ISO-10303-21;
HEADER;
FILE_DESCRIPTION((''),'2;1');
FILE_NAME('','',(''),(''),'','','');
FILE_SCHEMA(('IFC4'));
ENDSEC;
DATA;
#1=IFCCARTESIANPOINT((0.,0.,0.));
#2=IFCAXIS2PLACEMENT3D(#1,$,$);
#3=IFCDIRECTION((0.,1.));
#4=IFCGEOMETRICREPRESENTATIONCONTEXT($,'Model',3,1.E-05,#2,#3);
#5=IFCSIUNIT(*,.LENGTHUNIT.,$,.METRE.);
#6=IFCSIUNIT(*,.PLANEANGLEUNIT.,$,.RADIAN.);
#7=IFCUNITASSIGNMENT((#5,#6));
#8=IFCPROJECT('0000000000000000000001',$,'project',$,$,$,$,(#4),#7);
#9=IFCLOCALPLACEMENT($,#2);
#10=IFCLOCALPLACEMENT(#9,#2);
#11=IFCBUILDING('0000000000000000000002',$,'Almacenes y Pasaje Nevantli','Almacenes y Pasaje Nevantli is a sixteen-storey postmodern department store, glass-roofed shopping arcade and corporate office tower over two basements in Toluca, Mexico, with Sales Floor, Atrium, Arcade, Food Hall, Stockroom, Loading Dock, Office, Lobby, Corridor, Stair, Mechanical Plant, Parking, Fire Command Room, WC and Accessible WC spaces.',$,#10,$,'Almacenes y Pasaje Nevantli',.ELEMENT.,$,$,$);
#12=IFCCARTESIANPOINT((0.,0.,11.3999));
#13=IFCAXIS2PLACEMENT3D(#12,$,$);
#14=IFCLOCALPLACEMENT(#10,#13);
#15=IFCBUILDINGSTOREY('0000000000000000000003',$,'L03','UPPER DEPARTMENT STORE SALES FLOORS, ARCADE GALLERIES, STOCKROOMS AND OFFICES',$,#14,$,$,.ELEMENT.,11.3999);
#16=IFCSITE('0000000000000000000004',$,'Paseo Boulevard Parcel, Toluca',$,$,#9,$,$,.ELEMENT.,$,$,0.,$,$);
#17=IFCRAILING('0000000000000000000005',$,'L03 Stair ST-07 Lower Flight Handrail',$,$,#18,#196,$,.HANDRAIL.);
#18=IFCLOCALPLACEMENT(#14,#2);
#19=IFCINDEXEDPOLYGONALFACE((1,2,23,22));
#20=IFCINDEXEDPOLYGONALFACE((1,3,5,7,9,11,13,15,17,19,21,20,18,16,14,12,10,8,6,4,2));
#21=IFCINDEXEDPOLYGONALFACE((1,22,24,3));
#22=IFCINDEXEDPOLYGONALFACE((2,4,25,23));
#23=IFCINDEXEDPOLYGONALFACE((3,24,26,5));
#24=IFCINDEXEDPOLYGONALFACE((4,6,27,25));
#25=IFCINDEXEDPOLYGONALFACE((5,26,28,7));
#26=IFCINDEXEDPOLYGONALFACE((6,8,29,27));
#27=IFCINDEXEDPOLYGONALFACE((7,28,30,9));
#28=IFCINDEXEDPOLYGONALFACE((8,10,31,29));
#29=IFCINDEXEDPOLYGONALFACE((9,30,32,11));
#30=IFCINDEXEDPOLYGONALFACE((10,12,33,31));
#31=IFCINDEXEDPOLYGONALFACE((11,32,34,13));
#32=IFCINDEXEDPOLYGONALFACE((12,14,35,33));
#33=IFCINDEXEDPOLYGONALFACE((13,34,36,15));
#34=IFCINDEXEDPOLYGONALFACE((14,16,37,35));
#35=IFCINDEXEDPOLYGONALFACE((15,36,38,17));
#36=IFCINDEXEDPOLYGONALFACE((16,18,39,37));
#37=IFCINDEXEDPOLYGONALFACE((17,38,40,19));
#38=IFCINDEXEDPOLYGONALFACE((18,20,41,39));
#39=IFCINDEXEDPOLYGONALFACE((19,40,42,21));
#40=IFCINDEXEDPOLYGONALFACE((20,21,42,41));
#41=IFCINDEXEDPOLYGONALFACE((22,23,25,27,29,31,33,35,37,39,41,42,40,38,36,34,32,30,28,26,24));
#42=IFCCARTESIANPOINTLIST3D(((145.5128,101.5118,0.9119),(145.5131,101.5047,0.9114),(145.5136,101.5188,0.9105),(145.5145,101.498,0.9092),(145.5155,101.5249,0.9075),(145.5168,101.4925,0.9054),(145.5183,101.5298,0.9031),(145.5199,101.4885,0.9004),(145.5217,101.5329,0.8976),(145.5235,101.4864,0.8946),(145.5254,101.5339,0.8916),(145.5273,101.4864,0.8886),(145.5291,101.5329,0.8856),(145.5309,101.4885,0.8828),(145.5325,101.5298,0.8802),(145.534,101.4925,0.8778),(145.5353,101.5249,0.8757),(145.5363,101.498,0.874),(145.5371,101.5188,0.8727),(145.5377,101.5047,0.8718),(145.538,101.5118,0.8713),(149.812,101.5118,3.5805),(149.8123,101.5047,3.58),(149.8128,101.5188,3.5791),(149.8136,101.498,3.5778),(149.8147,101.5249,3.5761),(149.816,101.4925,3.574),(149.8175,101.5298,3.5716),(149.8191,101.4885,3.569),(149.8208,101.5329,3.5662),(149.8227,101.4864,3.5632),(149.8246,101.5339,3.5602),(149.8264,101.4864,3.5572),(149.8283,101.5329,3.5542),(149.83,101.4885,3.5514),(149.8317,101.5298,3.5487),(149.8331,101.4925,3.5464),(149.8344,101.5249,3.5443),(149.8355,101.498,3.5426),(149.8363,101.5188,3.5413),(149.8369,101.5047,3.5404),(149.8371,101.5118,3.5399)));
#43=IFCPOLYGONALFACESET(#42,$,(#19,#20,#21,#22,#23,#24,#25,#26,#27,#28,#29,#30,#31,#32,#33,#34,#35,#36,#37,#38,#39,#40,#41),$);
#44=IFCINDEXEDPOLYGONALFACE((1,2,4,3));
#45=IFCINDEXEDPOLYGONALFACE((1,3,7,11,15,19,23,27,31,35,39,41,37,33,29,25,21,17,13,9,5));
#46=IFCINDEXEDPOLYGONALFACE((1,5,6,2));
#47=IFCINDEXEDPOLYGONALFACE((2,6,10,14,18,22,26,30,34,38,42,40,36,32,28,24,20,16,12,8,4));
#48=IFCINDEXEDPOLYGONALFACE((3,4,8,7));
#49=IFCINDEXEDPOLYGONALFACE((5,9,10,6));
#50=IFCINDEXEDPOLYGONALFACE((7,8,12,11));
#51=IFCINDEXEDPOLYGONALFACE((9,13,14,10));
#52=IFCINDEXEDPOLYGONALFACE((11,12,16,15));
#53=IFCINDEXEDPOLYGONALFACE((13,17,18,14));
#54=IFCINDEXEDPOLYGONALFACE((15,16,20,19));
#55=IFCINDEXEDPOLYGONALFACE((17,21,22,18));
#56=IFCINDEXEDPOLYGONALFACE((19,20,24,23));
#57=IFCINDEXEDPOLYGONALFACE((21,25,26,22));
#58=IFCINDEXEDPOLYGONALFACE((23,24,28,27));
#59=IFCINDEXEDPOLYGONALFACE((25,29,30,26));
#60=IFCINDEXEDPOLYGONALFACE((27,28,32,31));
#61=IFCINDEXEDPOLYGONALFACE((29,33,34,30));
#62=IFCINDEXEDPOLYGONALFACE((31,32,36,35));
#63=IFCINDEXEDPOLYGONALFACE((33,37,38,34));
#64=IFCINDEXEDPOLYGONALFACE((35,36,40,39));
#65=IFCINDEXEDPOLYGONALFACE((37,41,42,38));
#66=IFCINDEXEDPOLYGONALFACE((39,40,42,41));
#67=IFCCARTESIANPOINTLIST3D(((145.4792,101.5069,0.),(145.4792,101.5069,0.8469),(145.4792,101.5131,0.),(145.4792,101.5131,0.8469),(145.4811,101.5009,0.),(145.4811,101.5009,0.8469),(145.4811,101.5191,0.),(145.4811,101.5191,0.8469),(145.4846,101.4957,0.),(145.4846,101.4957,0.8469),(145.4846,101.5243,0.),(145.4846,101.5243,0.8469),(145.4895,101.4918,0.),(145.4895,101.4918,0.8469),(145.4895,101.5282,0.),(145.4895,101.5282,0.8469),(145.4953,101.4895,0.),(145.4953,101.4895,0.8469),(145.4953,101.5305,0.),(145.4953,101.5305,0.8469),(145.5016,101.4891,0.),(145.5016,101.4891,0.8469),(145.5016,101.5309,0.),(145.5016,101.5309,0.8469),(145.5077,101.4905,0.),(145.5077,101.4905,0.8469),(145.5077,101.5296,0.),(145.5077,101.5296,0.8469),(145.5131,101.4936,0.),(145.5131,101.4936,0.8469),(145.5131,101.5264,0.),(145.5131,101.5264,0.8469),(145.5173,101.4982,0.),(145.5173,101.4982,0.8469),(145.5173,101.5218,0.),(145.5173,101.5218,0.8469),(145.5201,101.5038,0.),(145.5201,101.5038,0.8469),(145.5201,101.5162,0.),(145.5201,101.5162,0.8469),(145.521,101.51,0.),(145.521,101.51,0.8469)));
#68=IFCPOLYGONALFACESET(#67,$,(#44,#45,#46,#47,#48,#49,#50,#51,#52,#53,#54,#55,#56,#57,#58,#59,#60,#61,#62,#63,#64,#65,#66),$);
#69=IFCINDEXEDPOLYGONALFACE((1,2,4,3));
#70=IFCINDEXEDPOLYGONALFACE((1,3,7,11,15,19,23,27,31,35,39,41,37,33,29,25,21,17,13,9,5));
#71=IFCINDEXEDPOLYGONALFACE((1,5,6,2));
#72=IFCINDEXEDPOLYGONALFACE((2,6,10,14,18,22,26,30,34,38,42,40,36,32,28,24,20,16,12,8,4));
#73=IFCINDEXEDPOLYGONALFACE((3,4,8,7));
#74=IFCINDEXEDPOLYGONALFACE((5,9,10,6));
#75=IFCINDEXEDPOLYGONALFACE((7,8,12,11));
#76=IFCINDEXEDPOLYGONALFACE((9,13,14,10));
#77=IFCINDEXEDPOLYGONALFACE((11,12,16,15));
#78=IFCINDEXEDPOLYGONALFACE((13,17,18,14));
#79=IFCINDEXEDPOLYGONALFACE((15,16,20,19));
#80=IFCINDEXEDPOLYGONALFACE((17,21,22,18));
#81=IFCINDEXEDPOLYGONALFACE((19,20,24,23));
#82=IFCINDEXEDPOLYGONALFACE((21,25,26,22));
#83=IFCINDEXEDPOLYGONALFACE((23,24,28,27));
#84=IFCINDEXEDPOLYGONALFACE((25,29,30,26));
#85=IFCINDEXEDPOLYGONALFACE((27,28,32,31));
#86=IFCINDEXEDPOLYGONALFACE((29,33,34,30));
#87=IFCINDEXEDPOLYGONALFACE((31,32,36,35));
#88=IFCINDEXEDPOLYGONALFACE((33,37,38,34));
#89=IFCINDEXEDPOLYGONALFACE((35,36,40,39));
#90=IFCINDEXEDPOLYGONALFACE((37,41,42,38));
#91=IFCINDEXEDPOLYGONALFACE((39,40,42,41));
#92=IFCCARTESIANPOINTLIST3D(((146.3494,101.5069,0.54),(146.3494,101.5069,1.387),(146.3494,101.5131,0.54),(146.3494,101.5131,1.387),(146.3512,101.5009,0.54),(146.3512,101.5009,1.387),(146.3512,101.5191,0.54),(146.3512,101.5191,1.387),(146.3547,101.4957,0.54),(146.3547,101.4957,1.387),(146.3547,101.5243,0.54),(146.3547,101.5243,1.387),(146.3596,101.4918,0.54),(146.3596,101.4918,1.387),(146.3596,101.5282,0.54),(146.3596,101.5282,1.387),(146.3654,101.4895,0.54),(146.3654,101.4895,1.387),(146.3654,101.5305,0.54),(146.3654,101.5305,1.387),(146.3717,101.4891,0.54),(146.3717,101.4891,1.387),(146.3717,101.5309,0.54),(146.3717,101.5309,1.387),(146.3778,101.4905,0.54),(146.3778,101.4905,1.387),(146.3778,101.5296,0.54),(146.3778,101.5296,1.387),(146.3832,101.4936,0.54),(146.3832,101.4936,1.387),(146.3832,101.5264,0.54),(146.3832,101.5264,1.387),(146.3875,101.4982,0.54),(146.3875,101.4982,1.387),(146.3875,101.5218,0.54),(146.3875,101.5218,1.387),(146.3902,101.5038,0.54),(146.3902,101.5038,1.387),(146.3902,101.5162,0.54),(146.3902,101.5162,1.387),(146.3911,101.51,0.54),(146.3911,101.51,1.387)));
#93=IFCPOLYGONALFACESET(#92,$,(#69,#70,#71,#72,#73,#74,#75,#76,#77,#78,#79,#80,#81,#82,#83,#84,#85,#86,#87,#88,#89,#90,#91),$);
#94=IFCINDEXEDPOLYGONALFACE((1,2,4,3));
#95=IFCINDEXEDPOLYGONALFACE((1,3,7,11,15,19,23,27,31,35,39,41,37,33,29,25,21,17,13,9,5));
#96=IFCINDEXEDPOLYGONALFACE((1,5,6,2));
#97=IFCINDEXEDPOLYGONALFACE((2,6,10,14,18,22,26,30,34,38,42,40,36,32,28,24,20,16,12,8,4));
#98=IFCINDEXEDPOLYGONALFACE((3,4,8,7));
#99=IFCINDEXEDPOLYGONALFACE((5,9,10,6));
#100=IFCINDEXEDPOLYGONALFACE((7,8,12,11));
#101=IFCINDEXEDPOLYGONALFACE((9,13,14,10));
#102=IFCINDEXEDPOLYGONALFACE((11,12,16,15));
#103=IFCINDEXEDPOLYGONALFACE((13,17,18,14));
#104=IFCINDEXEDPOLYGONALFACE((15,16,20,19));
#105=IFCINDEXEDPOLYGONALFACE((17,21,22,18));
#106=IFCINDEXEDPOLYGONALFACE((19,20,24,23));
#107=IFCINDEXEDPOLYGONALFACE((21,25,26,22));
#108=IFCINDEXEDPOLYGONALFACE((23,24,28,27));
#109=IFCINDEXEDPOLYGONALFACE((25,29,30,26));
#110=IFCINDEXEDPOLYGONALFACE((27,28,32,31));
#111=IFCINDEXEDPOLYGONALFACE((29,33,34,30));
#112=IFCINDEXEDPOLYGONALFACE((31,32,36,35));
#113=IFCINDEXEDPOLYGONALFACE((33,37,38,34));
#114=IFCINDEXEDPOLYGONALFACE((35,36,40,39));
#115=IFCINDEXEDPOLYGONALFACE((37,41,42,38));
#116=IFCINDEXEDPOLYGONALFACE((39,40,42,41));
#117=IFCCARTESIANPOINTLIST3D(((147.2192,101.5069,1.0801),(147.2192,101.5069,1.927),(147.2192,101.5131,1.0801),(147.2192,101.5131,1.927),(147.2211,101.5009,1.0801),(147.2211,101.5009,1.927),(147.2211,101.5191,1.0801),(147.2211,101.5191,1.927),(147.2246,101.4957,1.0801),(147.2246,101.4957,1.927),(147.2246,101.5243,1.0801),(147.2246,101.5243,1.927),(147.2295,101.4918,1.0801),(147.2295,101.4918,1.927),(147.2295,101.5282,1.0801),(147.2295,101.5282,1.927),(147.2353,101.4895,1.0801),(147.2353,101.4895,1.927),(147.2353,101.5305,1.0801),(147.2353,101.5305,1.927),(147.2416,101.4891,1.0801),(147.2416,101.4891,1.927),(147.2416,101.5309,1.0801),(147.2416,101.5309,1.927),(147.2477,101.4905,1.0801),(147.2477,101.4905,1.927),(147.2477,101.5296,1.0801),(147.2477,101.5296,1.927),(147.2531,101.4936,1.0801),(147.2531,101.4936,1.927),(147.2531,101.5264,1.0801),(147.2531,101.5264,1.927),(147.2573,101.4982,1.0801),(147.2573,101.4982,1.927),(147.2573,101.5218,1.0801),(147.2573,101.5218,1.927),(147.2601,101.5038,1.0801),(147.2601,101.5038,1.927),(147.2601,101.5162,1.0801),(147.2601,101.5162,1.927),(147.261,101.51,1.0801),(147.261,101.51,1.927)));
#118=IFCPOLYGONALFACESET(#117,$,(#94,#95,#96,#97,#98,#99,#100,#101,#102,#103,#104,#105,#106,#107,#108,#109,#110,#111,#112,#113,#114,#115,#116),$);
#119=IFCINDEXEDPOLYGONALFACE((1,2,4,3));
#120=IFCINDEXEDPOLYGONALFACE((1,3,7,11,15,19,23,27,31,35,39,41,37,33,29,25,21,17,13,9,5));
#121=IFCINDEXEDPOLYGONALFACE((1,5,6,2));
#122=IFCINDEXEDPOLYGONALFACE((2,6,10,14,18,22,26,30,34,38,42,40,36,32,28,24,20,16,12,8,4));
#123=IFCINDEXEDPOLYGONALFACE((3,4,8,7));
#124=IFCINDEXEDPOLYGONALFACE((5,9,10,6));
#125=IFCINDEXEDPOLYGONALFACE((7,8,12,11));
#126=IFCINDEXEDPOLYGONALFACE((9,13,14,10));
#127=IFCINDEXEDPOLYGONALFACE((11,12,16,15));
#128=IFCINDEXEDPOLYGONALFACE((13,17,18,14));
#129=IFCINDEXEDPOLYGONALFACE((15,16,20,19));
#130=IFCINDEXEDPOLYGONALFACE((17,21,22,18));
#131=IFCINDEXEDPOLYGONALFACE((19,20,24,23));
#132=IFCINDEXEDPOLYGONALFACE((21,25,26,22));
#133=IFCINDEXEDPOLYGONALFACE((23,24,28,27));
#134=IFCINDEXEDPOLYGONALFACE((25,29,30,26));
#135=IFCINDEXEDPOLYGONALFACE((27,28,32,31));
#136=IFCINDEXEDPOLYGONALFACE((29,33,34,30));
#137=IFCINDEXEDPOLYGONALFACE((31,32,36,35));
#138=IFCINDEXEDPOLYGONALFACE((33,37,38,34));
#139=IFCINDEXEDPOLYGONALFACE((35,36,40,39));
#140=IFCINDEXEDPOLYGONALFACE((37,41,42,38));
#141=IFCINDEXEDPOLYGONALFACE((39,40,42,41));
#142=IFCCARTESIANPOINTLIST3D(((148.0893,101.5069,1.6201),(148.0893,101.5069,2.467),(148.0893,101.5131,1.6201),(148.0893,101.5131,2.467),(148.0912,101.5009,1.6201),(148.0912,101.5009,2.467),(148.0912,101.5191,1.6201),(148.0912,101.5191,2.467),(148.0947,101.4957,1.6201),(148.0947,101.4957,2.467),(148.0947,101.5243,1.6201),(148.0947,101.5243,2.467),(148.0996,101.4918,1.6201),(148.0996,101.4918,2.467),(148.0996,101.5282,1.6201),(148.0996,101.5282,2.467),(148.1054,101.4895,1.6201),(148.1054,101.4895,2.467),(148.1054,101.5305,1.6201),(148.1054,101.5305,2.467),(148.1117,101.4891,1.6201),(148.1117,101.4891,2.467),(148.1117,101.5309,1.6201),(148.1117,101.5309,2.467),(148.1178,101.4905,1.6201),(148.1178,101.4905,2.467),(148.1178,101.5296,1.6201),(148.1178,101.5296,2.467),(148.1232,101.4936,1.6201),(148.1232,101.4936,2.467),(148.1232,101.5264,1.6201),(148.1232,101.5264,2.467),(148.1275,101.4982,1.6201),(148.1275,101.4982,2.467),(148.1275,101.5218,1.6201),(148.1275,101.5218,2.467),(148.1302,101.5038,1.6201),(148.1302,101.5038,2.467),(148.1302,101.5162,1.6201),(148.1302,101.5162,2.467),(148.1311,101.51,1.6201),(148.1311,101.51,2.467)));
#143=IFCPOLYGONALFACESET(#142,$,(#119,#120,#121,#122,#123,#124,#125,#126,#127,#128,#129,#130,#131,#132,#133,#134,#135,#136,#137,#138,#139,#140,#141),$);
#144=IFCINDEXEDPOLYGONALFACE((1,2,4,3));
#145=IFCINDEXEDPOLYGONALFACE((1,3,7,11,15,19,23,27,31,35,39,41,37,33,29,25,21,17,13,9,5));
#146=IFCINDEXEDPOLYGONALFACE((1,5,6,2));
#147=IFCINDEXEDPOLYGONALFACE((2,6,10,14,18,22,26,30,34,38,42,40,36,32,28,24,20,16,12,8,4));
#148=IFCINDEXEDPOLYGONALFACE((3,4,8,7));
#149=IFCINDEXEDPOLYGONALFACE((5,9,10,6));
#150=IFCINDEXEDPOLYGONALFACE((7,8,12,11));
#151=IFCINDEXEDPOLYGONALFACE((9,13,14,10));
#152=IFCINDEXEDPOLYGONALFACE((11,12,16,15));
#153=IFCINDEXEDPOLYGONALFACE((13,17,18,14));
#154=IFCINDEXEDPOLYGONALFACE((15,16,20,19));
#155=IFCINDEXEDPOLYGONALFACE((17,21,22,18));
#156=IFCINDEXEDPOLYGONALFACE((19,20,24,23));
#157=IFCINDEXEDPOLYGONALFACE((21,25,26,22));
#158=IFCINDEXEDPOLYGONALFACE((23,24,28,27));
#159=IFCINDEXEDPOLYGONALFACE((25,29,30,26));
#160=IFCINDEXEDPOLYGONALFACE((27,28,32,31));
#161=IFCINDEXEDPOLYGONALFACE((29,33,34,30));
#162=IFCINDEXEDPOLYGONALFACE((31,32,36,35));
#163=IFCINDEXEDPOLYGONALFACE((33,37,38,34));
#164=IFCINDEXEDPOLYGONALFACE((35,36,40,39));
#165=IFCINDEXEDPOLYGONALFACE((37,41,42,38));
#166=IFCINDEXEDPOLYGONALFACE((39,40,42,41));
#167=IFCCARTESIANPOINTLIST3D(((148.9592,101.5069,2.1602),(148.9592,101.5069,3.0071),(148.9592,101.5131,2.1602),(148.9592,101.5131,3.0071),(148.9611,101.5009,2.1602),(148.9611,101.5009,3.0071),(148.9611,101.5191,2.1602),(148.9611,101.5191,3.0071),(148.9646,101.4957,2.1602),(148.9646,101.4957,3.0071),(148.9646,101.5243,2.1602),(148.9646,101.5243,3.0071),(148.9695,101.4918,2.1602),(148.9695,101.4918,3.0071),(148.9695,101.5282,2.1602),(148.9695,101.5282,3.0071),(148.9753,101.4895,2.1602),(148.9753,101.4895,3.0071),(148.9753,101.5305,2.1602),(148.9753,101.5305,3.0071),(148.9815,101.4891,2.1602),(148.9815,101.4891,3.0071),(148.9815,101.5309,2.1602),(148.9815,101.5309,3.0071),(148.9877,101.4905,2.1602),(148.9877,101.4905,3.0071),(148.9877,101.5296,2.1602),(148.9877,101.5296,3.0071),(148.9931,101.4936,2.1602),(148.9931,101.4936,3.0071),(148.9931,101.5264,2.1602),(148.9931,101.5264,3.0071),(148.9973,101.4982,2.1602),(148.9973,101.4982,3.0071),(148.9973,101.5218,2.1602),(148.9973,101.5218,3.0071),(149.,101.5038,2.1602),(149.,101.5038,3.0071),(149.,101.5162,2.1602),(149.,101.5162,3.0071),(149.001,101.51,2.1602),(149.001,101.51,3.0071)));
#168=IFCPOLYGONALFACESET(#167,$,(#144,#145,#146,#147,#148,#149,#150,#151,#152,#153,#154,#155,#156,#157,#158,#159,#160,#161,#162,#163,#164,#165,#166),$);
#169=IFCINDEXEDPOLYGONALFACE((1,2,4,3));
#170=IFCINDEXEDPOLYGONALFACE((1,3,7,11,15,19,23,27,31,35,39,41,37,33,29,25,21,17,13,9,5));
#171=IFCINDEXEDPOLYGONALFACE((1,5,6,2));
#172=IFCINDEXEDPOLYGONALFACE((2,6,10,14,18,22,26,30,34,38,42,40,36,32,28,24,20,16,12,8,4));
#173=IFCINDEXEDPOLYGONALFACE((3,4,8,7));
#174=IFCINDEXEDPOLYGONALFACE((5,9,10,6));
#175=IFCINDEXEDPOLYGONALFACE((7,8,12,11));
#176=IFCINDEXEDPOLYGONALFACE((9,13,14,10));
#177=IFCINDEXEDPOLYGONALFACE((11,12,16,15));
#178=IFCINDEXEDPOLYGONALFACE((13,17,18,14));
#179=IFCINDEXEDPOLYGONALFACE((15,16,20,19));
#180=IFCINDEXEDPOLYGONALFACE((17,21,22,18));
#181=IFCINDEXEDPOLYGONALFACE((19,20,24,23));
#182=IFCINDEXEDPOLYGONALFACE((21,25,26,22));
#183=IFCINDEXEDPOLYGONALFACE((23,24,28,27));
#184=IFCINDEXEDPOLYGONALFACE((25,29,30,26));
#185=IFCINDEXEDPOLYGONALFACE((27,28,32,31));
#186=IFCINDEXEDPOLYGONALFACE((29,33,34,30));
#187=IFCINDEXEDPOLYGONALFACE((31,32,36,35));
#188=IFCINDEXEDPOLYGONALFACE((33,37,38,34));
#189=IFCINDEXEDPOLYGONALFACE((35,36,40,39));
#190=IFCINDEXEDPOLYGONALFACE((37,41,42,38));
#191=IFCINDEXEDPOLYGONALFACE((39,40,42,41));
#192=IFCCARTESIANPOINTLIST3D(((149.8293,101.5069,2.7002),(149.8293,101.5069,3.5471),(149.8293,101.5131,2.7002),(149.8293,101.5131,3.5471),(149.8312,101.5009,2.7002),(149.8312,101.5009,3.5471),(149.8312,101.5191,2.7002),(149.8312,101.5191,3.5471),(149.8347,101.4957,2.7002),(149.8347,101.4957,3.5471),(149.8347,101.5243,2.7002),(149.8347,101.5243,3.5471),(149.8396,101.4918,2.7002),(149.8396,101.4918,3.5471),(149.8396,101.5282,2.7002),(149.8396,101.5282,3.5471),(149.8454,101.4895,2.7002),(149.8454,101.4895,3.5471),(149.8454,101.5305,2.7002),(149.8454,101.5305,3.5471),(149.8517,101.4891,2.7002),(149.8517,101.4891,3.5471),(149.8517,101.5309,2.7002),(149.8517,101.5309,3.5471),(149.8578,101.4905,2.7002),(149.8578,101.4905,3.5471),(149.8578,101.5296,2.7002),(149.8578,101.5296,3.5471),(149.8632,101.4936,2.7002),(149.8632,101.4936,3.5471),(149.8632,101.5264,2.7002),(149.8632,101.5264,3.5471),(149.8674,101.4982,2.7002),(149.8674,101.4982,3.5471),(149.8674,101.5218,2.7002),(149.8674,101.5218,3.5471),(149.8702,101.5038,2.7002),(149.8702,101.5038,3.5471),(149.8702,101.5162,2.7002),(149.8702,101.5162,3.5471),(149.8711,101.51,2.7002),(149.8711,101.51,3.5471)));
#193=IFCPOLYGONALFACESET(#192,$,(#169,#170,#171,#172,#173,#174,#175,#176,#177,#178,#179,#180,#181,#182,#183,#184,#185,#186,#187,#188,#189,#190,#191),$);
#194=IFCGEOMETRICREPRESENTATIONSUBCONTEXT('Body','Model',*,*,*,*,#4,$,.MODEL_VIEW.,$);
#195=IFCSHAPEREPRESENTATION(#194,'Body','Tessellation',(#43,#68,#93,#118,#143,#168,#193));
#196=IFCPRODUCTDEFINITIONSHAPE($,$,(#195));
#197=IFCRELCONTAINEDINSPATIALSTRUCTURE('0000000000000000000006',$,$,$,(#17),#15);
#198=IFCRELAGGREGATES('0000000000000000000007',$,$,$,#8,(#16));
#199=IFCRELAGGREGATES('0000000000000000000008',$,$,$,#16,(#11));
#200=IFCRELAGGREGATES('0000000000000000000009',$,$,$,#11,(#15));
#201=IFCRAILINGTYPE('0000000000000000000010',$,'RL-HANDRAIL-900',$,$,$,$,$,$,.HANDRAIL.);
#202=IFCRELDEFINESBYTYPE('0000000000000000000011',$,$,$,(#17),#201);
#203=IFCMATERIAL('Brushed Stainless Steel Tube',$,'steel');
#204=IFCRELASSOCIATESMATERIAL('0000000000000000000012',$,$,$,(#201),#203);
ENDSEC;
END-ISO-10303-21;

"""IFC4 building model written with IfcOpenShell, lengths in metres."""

from ifc_helpers import new_model, si_unit, direction, frame, origin, origin_2d, place, context, subcontext, project, spatial, circle, extrude, material, type_object, element, save


model = new_model("IFC4")

# Units and contexts
model_context = context("Model", 3, precision=1e-05, world=origin(), true_north=direction((0.0, 1.0)))
body_context = subcontext(model_context, "Body", "Model", "MODEL_VIEW")
ifc_project = project(units=[si_unit("LENGTHUNIT", "METRE"), si_unit("PLANEANGLEUNIT", "RADIAN")], contexts=[model_context])

# Site, building, storey
site_placement = place(None, origin())
site = spatial("IfcSite", under=ifc_project, at=site_placement, Name="Paseo Boulevard Parcel, Toluca", CompositionType="ELEMENT", RefElevation=0.0)
building_placement = place(site_placement, origin())
building = spatial("IfcBuilding", under=site, at=building_placement, Name="Almacenes y Pasaje Nevantli", Description="Almacenes y Pasaje Nevantli is a sixteen-storey postmodern department store, glass-roofed shopping arcade and corporate office tower over two basements in Toluca, Mexico, with Sales Floor, Atrium, Arcade, Food Hall, Stockroom, Loading Dock, Office, Lobby, Corridor, Stair, Mechanical Plant, Parking, Fire Command Room, WC and Accessible WC spaces.", LongName="Almacenes y Pasaje Nevantli", CompositionType="ELEMENT")
storey_placement = place(building_placement, frame((0.0, 0.0, 11.3999)))
storey = spatial("IfcBuildingStorey", under=building, at=storey_placement, Name="L03", Description="UPPER DEPARTMENT STORE SALES FLOORS, ARCADE GALLERIES, STOCKROOMS AND OFFICES", CompositionType="ELEMENT", Elevation=11.3999)

# Railing
ifc_material_1 = material(Name="Brushed Stainless Steel Tube", Category="steel")
railing_type_1 = type_object("IfcRailingType", Name="RL-HANDRAIL-900", PredefinedType="HANDRAIL", material=ifc_material_1)
railing_1_placement = place(storey_placement, frame((145.5, 101.51, 0.0)))
element("IfcRailing", 1, at=railing_1_placement, inside=storey, type_object=railing_type_1, Name="L03 Stair ST-07 Lower Flight Handrail", PredefinedType="HANDRAIL", context=body_context, shape_type="SweptSolid", body=[
    extrude(circle(Radius=0.0239, at=origin_2d()), frame((0.0254, 0.0, 0.8916), z_axis=(0.849628, 0.0, 0.527382), x_axis=(0.0, 1.0, 0.0)), (0.0, 0.0, 1.0), 5.0601),
    extrude(circle(Radius=0.021, at=origin_2d()), origin(), (0.0, 0.0, 1.0), 0.8469),
    extrude(circle(Radius=0.021, at=origin_2d()), frame((0.8701, 0.0, 0.54)), (0.0, 0.0, 1.0), 0.8469),
    extrude(circle(Radius=0.021, at=origin_2d()), frame((1.74, 0.0, 1.0801)), (0.0, 0.0, 1.0), 0.8469),
    extrude(circle(Radius=0.021, at=origin_2d()), frame((2.6101, 0.0, 1.6201)), (0.0, 0.0, 1.0), 0.8469),
    extrude(circle(Radius=0.021, at=origin_2d()), frame((3.48, 0.0, 2.1602)), (0.0, 0.0, 1.0), 0.8469),
    extrude(circle(Radius=0.021, at=origin_2d()), frame((4.3501, 0.0, 2.7002)), (0.0, 0.0, 1.0), 0.8469),
])

save(model, "model.ifc")
